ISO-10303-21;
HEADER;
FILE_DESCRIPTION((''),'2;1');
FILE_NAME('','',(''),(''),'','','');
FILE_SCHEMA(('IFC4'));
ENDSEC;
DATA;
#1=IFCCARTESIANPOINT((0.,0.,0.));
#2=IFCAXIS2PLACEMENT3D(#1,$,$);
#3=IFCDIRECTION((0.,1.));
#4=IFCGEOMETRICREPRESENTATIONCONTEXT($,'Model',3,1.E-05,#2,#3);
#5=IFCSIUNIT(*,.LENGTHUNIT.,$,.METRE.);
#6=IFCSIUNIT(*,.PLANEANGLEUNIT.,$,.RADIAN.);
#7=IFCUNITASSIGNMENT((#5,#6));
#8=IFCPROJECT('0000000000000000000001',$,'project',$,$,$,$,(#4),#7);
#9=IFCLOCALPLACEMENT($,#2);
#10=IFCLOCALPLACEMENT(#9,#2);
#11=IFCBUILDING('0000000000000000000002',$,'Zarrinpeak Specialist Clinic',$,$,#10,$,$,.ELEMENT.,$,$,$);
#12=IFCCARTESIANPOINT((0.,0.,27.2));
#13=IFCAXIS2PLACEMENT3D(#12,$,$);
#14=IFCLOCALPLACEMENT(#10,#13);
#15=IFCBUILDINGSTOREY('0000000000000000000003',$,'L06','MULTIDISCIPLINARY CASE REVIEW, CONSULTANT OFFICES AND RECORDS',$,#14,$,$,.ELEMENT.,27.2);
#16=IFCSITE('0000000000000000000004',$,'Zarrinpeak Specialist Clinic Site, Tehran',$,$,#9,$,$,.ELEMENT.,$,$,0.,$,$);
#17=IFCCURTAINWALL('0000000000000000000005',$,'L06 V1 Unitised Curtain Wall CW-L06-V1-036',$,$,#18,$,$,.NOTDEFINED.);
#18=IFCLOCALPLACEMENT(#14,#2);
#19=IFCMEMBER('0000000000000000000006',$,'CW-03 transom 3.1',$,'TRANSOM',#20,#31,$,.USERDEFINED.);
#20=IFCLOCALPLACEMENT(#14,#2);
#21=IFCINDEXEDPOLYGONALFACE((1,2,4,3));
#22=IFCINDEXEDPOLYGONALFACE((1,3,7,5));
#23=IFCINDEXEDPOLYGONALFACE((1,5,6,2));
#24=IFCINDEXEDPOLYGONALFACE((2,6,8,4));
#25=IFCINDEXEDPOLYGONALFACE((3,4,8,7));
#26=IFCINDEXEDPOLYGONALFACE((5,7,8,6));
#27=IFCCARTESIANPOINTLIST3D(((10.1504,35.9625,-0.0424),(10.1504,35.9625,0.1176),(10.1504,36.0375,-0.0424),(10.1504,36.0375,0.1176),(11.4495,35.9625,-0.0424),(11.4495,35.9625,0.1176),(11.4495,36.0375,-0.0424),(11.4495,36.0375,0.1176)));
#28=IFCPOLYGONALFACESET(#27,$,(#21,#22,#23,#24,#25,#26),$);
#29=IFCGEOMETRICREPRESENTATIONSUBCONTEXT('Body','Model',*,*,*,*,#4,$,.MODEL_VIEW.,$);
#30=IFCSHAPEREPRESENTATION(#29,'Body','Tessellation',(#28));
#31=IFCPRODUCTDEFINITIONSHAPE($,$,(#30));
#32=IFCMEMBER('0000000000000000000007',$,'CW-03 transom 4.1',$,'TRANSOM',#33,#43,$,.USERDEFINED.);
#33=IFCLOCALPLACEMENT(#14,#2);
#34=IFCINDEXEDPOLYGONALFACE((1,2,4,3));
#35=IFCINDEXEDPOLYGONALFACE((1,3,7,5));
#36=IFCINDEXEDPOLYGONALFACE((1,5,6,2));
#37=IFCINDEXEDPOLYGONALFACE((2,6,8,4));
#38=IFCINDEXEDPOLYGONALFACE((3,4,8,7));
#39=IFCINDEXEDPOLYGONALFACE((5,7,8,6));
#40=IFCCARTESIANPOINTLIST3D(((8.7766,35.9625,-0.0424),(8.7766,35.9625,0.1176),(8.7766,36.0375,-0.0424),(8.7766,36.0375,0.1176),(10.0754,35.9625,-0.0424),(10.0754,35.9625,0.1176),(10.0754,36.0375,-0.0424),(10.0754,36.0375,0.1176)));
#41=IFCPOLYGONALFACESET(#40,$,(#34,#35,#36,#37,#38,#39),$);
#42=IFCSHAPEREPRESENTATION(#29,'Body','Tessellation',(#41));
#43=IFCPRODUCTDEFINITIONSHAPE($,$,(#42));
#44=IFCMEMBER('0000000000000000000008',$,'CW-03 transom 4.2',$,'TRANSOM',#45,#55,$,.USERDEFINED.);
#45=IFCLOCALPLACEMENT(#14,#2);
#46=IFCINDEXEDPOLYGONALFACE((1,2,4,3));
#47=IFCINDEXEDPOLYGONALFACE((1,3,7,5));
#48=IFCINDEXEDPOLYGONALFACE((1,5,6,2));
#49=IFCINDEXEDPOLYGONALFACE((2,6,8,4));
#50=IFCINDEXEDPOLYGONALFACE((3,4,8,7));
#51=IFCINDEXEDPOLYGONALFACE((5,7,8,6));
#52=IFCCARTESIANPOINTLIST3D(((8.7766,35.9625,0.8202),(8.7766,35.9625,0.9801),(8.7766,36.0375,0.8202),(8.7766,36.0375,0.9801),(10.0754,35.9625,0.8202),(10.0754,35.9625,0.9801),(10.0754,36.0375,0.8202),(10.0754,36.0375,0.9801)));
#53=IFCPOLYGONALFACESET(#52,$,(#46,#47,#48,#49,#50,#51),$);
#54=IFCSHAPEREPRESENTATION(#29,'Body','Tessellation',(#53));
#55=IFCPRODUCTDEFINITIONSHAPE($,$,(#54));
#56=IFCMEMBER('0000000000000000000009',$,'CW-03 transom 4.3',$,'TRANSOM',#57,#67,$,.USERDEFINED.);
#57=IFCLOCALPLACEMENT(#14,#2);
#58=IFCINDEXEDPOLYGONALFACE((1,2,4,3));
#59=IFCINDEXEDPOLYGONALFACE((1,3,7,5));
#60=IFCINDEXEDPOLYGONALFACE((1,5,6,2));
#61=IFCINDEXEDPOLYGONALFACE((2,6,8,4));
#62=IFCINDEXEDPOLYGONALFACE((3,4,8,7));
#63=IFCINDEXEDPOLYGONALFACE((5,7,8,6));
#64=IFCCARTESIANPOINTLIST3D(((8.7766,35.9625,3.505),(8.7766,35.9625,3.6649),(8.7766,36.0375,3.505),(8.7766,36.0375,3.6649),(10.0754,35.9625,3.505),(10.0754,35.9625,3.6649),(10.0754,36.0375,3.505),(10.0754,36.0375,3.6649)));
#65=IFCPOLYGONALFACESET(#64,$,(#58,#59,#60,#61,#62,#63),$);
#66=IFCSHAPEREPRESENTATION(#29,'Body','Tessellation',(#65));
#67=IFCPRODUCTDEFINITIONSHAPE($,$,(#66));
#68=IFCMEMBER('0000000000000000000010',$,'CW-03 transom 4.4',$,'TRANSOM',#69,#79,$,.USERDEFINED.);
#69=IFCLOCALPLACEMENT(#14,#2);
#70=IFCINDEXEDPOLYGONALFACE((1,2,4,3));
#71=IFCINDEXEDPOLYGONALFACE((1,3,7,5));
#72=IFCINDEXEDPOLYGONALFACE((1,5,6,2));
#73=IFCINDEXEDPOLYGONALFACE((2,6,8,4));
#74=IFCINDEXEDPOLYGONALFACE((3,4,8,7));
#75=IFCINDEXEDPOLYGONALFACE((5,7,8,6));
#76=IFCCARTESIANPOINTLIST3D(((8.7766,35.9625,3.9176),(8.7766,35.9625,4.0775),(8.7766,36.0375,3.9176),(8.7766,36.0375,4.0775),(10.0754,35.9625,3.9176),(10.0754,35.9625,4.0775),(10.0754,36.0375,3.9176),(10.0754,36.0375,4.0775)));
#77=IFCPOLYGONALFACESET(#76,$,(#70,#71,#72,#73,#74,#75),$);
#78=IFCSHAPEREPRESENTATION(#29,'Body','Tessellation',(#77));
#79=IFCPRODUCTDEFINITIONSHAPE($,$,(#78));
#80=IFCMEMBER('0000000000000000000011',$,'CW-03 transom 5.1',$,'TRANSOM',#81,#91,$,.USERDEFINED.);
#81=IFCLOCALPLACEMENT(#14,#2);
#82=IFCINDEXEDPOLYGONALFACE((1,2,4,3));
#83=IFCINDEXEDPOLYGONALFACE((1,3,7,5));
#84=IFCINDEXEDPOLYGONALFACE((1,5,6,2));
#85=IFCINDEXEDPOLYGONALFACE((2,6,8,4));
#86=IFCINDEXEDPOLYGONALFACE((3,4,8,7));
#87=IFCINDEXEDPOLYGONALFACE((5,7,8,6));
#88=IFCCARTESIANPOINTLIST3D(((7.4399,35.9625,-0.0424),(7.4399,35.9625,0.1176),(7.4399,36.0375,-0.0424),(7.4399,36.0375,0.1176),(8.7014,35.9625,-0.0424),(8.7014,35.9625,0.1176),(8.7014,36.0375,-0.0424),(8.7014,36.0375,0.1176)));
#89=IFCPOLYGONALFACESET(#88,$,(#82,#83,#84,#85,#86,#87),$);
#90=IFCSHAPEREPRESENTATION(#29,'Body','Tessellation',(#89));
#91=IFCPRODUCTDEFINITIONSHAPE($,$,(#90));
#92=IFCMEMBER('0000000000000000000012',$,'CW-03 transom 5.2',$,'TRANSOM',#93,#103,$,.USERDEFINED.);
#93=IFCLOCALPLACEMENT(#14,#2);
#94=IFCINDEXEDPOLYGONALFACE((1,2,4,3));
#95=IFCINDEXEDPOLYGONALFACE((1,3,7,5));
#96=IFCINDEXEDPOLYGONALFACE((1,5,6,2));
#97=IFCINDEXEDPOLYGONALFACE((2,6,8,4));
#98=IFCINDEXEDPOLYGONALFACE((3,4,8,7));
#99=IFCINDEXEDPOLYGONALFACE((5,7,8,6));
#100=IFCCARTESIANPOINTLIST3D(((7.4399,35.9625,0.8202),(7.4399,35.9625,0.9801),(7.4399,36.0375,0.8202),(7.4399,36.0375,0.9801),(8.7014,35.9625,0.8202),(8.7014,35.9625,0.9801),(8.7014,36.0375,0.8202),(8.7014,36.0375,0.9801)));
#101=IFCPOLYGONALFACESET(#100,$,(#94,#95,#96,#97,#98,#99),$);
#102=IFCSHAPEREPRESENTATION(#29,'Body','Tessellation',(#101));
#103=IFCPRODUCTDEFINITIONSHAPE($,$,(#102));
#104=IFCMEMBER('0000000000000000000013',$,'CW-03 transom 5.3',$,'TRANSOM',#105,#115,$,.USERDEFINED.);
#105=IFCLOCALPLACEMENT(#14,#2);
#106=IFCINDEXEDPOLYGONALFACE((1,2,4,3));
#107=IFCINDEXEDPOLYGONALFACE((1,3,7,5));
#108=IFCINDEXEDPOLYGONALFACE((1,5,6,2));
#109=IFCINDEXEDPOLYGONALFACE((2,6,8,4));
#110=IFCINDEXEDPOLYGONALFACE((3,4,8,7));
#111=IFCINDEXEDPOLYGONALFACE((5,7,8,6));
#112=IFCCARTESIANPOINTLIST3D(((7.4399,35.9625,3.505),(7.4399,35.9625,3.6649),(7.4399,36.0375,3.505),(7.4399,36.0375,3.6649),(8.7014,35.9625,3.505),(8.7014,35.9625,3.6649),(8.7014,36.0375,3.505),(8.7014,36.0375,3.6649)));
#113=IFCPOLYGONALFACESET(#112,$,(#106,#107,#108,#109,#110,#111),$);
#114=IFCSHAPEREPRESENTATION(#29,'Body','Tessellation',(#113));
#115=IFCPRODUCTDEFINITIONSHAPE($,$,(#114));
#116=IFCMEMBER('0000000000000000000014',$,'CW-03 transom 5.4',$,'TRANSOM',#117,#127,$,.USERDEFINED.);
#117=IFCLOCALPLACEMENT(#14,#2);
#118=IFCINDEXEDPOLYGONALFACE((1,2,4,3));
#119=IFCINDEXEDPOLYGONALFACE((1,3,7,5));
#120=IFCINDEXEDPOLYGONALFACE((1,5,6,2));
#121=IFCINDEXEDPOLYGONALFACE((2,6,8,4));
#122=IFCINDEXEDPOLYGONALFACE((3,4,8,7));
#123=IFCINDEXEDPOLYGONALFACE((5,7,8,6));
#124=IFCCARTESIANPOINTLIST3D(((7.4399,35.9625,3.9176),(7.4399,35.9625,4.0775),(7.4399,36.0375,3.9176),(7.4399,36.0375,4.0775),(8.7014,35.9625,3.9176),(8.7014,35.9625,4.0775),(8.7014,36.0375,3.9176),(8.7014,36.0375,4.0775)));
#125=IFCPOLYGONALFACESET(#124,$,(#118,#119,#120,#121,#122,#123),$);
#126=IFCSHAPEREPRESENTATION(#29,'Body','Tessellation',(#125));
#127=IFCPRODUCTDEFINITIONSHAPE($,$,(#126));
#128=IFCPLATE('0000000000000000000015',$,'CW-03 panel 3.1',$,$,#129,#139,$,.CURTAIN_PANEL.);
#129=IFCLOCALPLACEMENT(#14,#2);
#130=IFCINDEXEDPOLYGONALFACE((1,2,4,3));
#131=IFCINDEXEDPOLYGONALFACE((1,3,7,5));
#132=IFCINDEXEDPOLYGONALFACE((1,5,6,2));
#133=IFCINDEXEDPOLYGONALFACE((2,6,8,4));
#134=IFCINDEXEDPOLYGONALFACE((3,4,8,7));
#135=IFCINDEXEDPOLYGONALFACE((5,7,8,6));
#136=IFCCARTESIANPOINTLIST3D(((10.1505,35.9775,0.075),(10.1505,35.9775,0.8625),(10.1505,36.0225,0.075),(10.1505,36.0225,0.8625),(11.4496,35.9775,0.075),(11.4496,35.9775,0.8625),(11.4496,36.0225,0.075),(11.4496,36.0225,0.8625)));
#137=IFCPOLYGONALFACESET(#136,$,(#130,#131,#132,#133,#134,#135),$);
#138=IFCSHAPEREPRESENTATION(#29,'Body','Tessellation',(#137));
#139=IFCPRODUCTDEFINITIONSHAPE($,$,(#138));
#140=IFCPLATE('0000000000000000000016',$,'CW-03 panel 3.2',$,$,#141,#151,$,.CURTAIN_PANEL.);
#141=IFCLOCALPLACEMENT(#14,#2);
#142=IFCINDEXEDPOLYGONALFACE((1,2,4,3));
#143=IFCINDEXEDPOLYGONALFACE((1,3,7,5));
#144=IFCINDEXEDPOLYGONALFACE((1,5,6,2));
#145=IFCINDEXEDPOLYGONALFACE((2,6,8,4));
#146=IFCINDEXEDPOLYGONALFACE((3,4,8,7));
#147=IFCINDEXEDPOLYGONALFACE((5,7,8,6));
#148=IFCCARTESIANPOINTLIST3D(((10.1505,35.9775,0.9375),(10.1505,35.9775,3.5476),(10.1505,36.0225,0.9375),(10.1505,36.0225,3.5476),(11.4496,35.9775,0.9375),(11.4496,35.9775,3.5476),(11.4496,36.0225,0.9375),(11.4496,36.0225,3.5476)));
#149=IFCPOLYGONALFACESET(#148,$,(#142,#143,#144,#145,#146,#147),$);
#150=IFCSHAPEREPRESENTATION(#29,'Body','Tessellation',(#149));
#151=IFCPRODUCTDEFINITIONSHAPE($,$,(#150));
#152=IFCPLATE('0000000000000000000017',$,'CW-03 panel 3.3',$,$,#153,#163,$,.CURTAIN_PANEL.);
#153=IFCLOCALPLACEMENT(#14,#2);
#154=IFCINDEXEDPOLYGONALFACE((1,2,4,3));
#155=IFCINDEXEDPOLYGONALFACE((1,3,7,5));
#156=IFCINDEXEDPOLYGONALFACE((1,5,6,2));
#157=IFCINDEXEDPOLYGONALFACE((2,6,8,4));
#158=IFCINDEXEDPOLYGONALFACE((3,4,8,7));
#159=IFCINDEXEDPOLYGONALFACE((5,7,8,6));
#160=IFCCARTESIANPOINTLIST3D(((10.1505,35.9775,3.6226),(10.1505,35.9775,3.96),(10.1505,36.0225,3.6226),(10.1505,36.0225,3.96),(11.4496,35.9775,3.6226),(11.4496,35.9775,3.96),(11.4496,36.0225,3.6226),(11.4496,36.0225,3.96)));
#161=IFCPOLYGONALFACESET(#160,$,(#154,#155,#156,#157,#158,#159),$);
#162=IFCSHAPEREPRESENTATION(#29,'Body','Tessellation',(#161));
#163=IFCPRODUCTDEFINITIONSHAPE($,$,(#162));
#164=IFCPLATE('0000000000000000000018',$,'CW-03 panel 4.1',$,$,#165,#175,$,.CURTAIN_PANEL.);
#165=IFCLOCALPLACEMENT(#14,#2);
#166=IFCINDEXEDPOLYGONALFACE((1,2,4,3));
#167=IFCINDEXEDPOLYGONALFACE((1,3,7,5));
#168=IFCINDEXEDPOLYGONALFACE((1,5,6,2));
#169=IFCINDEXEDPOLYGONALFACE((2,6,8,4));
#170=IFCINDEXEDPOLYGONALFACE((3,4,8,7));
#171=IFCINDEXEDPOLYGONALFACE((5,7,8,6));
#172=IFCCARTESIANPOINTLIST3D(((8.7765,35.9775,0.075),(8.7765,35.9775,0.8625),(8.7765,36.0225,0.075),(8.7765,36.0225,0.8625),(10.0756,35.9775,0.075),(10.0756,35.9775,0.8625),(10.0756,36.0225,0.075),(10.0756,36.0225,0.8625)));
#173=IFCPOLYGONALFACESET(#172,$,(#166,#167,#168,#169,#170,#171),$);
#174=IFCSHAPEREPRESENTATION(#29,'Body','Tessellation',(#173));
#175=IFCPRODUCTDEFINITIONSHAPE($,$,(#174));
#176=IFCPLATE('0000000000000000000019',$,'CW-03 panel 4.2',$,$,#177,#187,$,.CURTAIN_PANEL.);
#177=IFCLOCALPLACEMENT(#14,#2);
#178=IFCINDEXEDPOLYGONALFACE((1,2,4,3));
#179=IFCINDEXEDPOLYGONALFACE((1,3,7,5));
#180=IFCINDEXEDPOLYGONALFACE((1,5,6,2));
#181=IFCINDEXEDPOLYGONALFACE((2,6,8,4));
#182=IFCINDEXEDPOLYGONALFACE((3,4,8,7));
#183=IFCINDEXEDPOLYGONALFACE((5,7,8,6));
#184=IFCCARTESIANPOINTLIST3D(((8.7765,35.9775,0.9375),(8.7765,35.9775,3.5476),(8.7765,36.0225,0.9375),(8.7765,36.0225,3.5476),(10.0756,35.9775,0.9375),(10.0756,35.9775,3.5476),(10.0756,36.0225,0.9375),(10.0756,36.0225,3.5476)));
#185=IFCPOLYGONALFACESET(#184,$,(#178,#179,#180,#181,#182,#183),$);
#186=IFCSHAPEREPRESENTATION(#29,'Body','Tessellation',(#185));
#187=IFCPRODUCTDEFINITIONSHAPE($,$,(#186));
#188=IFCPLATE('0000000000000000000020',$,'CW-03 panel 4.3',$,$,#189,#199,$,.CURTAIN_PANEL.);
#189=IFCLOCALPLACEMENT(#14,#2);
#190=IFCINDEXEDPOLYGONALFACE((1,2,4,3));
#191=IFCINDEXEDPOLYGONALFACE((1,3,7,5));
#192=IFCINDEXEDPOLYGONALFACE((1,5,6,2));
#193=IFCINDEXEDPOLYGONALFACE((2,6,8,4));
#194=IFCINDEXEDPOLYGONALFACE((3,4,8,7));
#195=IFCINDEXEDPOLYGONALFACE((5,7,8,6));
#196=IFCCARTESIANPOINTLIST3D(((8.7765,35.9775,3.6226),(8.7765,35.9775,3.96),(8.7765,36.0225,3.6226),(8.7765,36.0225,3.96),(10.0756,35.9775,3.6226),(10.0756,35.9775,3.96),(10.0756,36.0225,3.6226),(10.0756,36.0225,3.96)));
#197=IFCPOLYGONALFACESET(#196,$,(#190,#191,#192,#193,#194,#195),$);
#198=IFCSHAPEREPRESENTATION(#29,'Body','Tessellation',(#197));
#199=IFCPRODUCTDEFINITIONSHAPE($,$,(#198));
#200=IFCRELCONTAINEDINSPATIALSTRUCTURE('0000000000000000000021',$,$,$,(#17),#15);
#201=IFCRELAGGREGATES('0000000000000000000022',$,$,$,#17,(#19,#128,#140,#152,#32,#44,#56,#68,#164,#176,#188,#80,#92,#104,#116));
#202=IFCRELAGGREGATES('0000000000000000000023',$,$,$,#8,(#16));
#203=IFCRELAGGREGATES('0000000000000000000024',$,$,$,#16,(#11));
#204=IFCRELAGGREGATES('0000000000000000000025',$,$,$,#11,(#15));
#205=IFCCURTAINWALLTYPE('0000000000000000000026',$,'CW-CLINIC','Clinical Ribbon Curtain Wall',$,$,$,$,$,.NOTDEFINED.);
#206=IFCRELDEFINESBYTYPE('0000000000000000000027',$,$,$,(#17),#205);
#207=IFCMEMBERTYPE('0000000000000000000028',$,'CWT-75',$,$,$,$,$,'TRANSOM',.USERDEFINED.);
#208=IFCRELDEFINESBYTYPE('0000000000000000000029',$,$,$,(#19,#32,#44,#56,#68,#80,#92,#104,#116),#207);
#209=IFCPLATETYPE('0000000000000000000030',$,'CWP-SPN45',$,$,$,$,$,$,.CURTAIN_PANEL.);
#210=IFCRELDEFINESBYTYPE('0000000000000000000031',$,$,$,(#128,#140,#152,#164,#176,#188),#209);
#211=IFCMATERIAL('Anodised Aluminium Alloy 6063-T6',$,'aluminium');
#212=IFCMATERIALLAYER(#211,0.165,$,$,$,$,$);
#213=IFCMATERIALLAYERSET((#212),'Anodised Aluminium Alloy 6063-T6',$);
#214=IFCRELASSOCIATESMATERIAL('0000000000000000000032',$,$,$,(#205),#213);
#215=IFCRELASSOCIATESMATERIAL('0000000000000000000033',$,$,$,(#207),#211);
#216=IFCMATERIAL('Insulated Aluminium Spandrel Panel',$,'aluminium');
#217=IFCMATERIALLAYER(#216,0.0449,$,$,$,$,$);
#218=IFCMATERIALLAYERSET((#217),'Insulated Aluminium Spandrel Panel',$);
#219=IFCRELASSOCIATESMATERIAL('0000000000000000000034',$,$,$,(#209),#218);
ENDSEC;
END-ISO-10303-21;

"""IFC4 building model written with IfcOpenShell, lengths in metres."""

from ifc_helpers import new_model, si_unit, direction, frame, origin, origin_2d, place, context, subcontext, project, spatial, rectangle, extrude, material, layer, layer_set, material_profile, profile_set, type_object, element, aggregate, save


model = new_model("IFC4")

# Units and contexts
model_context = context("Model", 3, precision=1e-05, world=origin(), true_north=direction((0.0, 1.0)))
body_context = subcontext(model_context, "Body", "Model", "MODEL_VIEW")
ifc_project = project(units=[si_unit("LENGTHUNIT", "METRE"), si_unit("PLANEANGLEUNIT", "RADIAN")], contexts=[model_context])

# Site, building, storey
site_placement = place(None, origin())
site = spatial("IfcSite", under=ifc_project, at=site_placement, Name="Zarrinpeak Specialist Clinic Site, Tehran", CompositionType="ELEMENT", RefElevation=0.0)
building_placement = place(site_placement, origin())
building = spatial("IfcBuilding", under=site, at=building_placement, Name="Zarrinpeak Specialist Clinic", CompositionType="ELEMENT")
storey_placement = place(building_placement, frame((0.0, 0.0, 27.2)))
storey = spatial("IfcBuildingStorey", under=building, at=storey_placement, Name="L06", Description="MULTIDISCIPLINARY CASE REVIEW, CONSULTANT OFFICES AND RECORDS", CompositionType="ELEMENT", Elevation=27.2)

# Curtain wall, members, plates
ifc_material_1 = material(Name="Anodised Aluminium Alloy 6063-T6", Category="aluminium")
ifc_layer_1 = layer(ifc_material_1, 0.165)
ifc_layer_set_1 = layer_set([ifc_layer_1], Name="Anodised Aluminium Alloy 6063-T6")
curtain_wall_type = type_object("IfcCurtainWallType", Name="CW-CLINIC", Description="Clinical Ribbon Curtain Wall", PredefinedType="NOTDEFINED", material=ifc_layer_set_1)
curtain_wall_placement = place(storey_placement, origin())
curtain_wall = element("IfcCurtainWall", 1, at=curtain_wall_placement, inside=storey, type_object=curtain_wall_type, Name="L06 V1 Unitised Curtain Wall CW-L06-V1-036", PredefinedType="NOTDEFINED")
ifc_material_profile_1 = material_profile(ifc_material_1, rectangle(XDim=0.075, YDim=0.1599, at=origin_2d()), Name="ALU 75x160")
ifc_profile_set_1 = profile_set([ifc_material_profile_1], Name="Anodised Aluminium Alloy 6063-T6")
member_type_1 = type_object("IfcMemberType", Name="CWT-75", ElementType="TRANSOM", PredefinedType="USERDEFINED", material=ifc_profile_set_1)
member_1_placement = place(storey_placement, frame((11.4495, 36.0, 0.0376), z_axis=(-1.0, 0.0, 0.0), x_axis=(0.0, -1.0, 0.0)))
member_1 = element("IfcMember", 2, at=member_1_placement, type_object=member_type_1, Name="CW-03 transom 3.1", ObjectType="TRANSOM", PredefinedType="USERDEFINED", context=body_context, shape_type="SweptSolid", body=[
    extrude(rectangle(XDim=0.075, YDim=0.1599, at=origin_2d()), origin(), (0.0, 0.0, 1.0), 1.2991),
])
member_2_placement = place(storey_placement, frame((10.0754, 36.0, 0.0376), z_axis=(-1.0, 0.0, 0.0), x_axis=(0.0, -1.0, 0.0)))
member_2 = element("IfcMember", 3, at=member_2_placement, type_object=member_type_1, Name="CW-03 transom 4.1", ObjectType="TRANSOM", PredefinedType="USERDEFINED", context=body_context, shape_type="SweptSolid", body=[
    extrude(rectangle(XDim=0.075, YDim=0.1599, at=origin_2d()), origin(), (0.0, 0.0, 1.0), 1.2988),
])
member_3_placement = place(storey_placement, frame((10.0754, 36.0, 0.9001), z_axis=(-1.0, 0.0, 0.0), x_axis=(0.0, -1.0, 0.0)))
member_3 = element("IfcMember", 4, at=member_3_placement, type_object=member_type_1, Name="CW-03 transom 4.2", ObjectType="TRANSOM", PredefinedType="USERDEFINED", context=body_context, shape_type="SweptSolid", body=[
    extrude(rectangle(XDim=0.075, YDim=0.1599, at=origin_2d()), origin(), (0.0, 0.0, 1.0), 1.2988),
])
member_4_placement = place(storey_placement, frame((10.0754, 36.0, 3.585), z_axis=(-1.0, 0.0, 0.0), x_axis=(0.0, -1.0, 0.0)))
member_4 = element("IfcMember", 5, at=member_4_placement, type_object=member_type_1, Name="CW-03 transom 4.3", ObjectType="TRANSOM", PredefinedType="USERDEFINED", context=body_context, shape_type="SweptSolid", body=[
    extrude(rectangle(XDim=0.075, YDim=0.1599, at=origin_2d()), origin(), (0.0, 0.0, 1.0), 1.2988),
])
member_5_placement = place(storey_placement, frame((10.0754, 36.0, 3.9976), z_axis=(-1.0, 0.0, 0.0), x_axis=(0.0, -1.0, 0.0)))
member_5 = element("IfcMember", 6, at=member_5_placement, type_object=member_type_1, Name="CW-03 transom 4.4", ObjectType="TRANSOM", PredefinedType="USERDEFINED", context=body_context, shape_type="SweptSolid", body=[
    extrude(rectangle(XDim=0.075, YDim=0.1599, at=origin_2d()), origin(), (0.0, 0.0, 1.0), 1.2988),
])
member_6_placement = place(storey_placement, frame((8.7014, 36.0, 0.0376), z_axis=(-1.0, 0.0, 0.0), x_axis=(0.0, -1.0, 0.0)))
member_6 = element("IfcMember", 7, at=member_6_placement, type_object=member_type_1, Name="CW-03 transom 5.1", ObjectType="TRANSOM", PredefinedType="USERDEFINED", context=body_context, shape_type="SweptSolid", body=[
    extrude(rectangle(XDim=0.075, YDim=0.1599, at=origin_2d()), origin(), (0.0, 0.0, 1.0), 1.2615),
])
member_7_placement = place(storey_placement, frame((8.7014, 36.0, 0.9001), z_axis=(-1.0, 0.0, 0.0), x_axis=(0.0, -1.0, 0.0)))
member_7 = element("IfcMember", 8, at=member_7_placement, type_object=member_type_1, Name="CW-03 transom 5.2", ObjectType="TRANSOM", PredefinedType="USERDEFINED", context=body_context, shape_type="SweptSolid", body=[
    extrude(rectangle(XDim=0.075, YDim=0.1599, at=origin_2d()), origin(), (0.0, 0.0, 1.0), 1.2615),
])
member_8_placement = place(storey_placement, frame((8.7014, 36.0, 3.585), z_axis=(-1.0, 0.0, 0.0), x_axis=(0.0, -1.0, 0.0)))
member_8 = element("IfcMember", 9, at=member_8_placement, type_object=member_type_1, Name="CW-03 transom 5.3", ObjectType="TRANSOM", PredefinedType="USERDEFINED", context=body_context, shape_type="SweptSolid", body=[
    extrude(rectangle(XDim=0.075, YDim=0.1599, at=origin_2d()), origin(), (0.0, 0.0, 1.0), 1.2615),
])
member_9_placement = place(storey_placement, frame((8.7014, 36.0, 3.9976), z_axis=(-1.0, 0.0, 0.0), x_axis=(0.0, -1.0, 0.0)))
member_9 = element("IfcMember", 10, at=member_9_placement, type_object=member_type_1, Name="CW-03 transom 5.4", ObjectType="TRANSOM", PredefinedType="USERDEFINED", context=body_context, shape_type="SweptSolid", body=[
    extrude(rectangle(XDim=0.075, YDim=0.1599, at=origin_2d()), origin(), (0.0, 0.0, 1.0), 1.2615),
])
ifc_material_2 = material(Name="Insulated Aluminium Spandrel Panel", Category="aluminium")
ifc_layer_2 = layer(ifc_material_2, 0.0449)
ifc_layer_set_2 = layer_set([ifc_layer_2], Name="Insulated Aluminium Spandrel Panel")
plate_type = type_object("IfcPlateType", Name="CWP-SPN45", PredefinedType="CURTAIN_PANEL", material=ifc_layer_set_2)
plate_1_placement = place(storey_placement, frame((10.8, 36.0, 0.075), z_axis=(0.0, 0.0, 1.0), x_axis=(-1.0, 0.0, 0.0)))
plate_1 = element("IfcPlate", 11, at=plate_1_placement, type_object=plate_type, Name="CW-03 panel 3.1", PredefinedType="CURTAIN_PANEL", context=body_context, shape_type="SweptSolid", body=[
    extrude(rectangle(XDim=1.2991, YDim=0.0449, at=origin_2d()), origin(), (0.0, 0.0, 1.0), 0.7876),
])
plate_2_placement = place(storey_placement, frame((10.8, 36.0, 0.9375), z_axis=(0.0, 0.0, 1.0), x_axis=(-1.0, 0.0, 0.0)))
plate_2 = element("IfcPlate", 12, at=plate_2_placement, type_object=plate_type, Name="CW-03 panel 3.2", PredefinedType="CURTAIN_PANEL", context=body_context, shape_type="SweptSolid", body=[
    extrude(rectangle(XDim=1.2991, YDim=0.0449, at=origin_2d()), origin(), (0.0, 0.0, 1.0), 2.6101),
])
plate_3_placement = place(storey_placement, frame((10.8, 36.0, 3.6226), z_axis=(0.0, 0.0, 1.0), x_axis=(-1.0, 0.0, 0.0)))
plate_3 = element("IfcPlate", 13, at=plate_3_placement, type_object=plate_type, Name="CW-03 panel 3.3", PredefinedType="CURTAIN_PANEL", context=body_context, shape_type="SweptSolid", body=[
    extrude(rectangle(XDim=1.2991, YDim=0.0449, at=origin_2d()), origin(), (0.0, 0.0, 1.0), 0.3374),
])
plate_4_placement = place(storey_placement, frame((9.426, 36.0, 0.075), z_axis=(0.0, 0.0, 1.0), x_axis=(-1.0, 0.0, 0.0)))
plate_4 = element("IfcPlate", 14, at=plate_4_placement, type_object=plate_type, Name="CW-03 panel 4.1", PredefinedType="CURTAIN_PANEL", context=body_context, shape_type="SweptSolid", body=[
    extrude(rectangle(XDim=1.2991, YDim=0.0449, at=origin_2d()), origin(), (0.0, 0.0, 1.0), 0.7876),
])
plate_5_placement = place(storey_placement, frame((9.426, 36.0, 0.9375), z_axis=(0.0, 0.0, 1.0), x_axis=(-1.0, 0.0, 0.0)))
plate_5 = element("IfcPlate", 15, at=plate_5_placement, type_object=plate_type, Name="CW-03 panel 4.2", PredefinedType="CURTAIN_PANEL", context=body_context, shape_type="SweptSolid", body=[
    extrude(rectangle(XDim=1.2991, YDim=0.0449, at=origin_2d()), origin(), (0.0, 0.0, 1.0), 2.6101),
])
plate_6_placement = place(storey_placement, frame((9.426, 36.0, 3.6226), z_axis=(0.0, 0.0, 1.0), x_axis=(-1.0, 0.0, 0.0)))
plate_6 = element("IfcPlate", 16, at=plate_6_placement, type_object=plate_type, Name="CW-03 panel 4.3", PredefinedType="CURTAIN_PANEL", context=body_context, shape_type="SweptSolid", body=[
    extrude(rectangle(XDim=1.2991, YDim=0.0449, at=origin_2d()), origin(), (0.0, 0.0, 1.0), 0.3374),
])
aggregate(curtain_wall, [member_1, plate_1, plate_2, plate_3, member_2, member_3, member_4, member_5, plate_4, plate_5, plate_6, member_6, member_7, member_8, member_9])

save(model, "model.ifc")
